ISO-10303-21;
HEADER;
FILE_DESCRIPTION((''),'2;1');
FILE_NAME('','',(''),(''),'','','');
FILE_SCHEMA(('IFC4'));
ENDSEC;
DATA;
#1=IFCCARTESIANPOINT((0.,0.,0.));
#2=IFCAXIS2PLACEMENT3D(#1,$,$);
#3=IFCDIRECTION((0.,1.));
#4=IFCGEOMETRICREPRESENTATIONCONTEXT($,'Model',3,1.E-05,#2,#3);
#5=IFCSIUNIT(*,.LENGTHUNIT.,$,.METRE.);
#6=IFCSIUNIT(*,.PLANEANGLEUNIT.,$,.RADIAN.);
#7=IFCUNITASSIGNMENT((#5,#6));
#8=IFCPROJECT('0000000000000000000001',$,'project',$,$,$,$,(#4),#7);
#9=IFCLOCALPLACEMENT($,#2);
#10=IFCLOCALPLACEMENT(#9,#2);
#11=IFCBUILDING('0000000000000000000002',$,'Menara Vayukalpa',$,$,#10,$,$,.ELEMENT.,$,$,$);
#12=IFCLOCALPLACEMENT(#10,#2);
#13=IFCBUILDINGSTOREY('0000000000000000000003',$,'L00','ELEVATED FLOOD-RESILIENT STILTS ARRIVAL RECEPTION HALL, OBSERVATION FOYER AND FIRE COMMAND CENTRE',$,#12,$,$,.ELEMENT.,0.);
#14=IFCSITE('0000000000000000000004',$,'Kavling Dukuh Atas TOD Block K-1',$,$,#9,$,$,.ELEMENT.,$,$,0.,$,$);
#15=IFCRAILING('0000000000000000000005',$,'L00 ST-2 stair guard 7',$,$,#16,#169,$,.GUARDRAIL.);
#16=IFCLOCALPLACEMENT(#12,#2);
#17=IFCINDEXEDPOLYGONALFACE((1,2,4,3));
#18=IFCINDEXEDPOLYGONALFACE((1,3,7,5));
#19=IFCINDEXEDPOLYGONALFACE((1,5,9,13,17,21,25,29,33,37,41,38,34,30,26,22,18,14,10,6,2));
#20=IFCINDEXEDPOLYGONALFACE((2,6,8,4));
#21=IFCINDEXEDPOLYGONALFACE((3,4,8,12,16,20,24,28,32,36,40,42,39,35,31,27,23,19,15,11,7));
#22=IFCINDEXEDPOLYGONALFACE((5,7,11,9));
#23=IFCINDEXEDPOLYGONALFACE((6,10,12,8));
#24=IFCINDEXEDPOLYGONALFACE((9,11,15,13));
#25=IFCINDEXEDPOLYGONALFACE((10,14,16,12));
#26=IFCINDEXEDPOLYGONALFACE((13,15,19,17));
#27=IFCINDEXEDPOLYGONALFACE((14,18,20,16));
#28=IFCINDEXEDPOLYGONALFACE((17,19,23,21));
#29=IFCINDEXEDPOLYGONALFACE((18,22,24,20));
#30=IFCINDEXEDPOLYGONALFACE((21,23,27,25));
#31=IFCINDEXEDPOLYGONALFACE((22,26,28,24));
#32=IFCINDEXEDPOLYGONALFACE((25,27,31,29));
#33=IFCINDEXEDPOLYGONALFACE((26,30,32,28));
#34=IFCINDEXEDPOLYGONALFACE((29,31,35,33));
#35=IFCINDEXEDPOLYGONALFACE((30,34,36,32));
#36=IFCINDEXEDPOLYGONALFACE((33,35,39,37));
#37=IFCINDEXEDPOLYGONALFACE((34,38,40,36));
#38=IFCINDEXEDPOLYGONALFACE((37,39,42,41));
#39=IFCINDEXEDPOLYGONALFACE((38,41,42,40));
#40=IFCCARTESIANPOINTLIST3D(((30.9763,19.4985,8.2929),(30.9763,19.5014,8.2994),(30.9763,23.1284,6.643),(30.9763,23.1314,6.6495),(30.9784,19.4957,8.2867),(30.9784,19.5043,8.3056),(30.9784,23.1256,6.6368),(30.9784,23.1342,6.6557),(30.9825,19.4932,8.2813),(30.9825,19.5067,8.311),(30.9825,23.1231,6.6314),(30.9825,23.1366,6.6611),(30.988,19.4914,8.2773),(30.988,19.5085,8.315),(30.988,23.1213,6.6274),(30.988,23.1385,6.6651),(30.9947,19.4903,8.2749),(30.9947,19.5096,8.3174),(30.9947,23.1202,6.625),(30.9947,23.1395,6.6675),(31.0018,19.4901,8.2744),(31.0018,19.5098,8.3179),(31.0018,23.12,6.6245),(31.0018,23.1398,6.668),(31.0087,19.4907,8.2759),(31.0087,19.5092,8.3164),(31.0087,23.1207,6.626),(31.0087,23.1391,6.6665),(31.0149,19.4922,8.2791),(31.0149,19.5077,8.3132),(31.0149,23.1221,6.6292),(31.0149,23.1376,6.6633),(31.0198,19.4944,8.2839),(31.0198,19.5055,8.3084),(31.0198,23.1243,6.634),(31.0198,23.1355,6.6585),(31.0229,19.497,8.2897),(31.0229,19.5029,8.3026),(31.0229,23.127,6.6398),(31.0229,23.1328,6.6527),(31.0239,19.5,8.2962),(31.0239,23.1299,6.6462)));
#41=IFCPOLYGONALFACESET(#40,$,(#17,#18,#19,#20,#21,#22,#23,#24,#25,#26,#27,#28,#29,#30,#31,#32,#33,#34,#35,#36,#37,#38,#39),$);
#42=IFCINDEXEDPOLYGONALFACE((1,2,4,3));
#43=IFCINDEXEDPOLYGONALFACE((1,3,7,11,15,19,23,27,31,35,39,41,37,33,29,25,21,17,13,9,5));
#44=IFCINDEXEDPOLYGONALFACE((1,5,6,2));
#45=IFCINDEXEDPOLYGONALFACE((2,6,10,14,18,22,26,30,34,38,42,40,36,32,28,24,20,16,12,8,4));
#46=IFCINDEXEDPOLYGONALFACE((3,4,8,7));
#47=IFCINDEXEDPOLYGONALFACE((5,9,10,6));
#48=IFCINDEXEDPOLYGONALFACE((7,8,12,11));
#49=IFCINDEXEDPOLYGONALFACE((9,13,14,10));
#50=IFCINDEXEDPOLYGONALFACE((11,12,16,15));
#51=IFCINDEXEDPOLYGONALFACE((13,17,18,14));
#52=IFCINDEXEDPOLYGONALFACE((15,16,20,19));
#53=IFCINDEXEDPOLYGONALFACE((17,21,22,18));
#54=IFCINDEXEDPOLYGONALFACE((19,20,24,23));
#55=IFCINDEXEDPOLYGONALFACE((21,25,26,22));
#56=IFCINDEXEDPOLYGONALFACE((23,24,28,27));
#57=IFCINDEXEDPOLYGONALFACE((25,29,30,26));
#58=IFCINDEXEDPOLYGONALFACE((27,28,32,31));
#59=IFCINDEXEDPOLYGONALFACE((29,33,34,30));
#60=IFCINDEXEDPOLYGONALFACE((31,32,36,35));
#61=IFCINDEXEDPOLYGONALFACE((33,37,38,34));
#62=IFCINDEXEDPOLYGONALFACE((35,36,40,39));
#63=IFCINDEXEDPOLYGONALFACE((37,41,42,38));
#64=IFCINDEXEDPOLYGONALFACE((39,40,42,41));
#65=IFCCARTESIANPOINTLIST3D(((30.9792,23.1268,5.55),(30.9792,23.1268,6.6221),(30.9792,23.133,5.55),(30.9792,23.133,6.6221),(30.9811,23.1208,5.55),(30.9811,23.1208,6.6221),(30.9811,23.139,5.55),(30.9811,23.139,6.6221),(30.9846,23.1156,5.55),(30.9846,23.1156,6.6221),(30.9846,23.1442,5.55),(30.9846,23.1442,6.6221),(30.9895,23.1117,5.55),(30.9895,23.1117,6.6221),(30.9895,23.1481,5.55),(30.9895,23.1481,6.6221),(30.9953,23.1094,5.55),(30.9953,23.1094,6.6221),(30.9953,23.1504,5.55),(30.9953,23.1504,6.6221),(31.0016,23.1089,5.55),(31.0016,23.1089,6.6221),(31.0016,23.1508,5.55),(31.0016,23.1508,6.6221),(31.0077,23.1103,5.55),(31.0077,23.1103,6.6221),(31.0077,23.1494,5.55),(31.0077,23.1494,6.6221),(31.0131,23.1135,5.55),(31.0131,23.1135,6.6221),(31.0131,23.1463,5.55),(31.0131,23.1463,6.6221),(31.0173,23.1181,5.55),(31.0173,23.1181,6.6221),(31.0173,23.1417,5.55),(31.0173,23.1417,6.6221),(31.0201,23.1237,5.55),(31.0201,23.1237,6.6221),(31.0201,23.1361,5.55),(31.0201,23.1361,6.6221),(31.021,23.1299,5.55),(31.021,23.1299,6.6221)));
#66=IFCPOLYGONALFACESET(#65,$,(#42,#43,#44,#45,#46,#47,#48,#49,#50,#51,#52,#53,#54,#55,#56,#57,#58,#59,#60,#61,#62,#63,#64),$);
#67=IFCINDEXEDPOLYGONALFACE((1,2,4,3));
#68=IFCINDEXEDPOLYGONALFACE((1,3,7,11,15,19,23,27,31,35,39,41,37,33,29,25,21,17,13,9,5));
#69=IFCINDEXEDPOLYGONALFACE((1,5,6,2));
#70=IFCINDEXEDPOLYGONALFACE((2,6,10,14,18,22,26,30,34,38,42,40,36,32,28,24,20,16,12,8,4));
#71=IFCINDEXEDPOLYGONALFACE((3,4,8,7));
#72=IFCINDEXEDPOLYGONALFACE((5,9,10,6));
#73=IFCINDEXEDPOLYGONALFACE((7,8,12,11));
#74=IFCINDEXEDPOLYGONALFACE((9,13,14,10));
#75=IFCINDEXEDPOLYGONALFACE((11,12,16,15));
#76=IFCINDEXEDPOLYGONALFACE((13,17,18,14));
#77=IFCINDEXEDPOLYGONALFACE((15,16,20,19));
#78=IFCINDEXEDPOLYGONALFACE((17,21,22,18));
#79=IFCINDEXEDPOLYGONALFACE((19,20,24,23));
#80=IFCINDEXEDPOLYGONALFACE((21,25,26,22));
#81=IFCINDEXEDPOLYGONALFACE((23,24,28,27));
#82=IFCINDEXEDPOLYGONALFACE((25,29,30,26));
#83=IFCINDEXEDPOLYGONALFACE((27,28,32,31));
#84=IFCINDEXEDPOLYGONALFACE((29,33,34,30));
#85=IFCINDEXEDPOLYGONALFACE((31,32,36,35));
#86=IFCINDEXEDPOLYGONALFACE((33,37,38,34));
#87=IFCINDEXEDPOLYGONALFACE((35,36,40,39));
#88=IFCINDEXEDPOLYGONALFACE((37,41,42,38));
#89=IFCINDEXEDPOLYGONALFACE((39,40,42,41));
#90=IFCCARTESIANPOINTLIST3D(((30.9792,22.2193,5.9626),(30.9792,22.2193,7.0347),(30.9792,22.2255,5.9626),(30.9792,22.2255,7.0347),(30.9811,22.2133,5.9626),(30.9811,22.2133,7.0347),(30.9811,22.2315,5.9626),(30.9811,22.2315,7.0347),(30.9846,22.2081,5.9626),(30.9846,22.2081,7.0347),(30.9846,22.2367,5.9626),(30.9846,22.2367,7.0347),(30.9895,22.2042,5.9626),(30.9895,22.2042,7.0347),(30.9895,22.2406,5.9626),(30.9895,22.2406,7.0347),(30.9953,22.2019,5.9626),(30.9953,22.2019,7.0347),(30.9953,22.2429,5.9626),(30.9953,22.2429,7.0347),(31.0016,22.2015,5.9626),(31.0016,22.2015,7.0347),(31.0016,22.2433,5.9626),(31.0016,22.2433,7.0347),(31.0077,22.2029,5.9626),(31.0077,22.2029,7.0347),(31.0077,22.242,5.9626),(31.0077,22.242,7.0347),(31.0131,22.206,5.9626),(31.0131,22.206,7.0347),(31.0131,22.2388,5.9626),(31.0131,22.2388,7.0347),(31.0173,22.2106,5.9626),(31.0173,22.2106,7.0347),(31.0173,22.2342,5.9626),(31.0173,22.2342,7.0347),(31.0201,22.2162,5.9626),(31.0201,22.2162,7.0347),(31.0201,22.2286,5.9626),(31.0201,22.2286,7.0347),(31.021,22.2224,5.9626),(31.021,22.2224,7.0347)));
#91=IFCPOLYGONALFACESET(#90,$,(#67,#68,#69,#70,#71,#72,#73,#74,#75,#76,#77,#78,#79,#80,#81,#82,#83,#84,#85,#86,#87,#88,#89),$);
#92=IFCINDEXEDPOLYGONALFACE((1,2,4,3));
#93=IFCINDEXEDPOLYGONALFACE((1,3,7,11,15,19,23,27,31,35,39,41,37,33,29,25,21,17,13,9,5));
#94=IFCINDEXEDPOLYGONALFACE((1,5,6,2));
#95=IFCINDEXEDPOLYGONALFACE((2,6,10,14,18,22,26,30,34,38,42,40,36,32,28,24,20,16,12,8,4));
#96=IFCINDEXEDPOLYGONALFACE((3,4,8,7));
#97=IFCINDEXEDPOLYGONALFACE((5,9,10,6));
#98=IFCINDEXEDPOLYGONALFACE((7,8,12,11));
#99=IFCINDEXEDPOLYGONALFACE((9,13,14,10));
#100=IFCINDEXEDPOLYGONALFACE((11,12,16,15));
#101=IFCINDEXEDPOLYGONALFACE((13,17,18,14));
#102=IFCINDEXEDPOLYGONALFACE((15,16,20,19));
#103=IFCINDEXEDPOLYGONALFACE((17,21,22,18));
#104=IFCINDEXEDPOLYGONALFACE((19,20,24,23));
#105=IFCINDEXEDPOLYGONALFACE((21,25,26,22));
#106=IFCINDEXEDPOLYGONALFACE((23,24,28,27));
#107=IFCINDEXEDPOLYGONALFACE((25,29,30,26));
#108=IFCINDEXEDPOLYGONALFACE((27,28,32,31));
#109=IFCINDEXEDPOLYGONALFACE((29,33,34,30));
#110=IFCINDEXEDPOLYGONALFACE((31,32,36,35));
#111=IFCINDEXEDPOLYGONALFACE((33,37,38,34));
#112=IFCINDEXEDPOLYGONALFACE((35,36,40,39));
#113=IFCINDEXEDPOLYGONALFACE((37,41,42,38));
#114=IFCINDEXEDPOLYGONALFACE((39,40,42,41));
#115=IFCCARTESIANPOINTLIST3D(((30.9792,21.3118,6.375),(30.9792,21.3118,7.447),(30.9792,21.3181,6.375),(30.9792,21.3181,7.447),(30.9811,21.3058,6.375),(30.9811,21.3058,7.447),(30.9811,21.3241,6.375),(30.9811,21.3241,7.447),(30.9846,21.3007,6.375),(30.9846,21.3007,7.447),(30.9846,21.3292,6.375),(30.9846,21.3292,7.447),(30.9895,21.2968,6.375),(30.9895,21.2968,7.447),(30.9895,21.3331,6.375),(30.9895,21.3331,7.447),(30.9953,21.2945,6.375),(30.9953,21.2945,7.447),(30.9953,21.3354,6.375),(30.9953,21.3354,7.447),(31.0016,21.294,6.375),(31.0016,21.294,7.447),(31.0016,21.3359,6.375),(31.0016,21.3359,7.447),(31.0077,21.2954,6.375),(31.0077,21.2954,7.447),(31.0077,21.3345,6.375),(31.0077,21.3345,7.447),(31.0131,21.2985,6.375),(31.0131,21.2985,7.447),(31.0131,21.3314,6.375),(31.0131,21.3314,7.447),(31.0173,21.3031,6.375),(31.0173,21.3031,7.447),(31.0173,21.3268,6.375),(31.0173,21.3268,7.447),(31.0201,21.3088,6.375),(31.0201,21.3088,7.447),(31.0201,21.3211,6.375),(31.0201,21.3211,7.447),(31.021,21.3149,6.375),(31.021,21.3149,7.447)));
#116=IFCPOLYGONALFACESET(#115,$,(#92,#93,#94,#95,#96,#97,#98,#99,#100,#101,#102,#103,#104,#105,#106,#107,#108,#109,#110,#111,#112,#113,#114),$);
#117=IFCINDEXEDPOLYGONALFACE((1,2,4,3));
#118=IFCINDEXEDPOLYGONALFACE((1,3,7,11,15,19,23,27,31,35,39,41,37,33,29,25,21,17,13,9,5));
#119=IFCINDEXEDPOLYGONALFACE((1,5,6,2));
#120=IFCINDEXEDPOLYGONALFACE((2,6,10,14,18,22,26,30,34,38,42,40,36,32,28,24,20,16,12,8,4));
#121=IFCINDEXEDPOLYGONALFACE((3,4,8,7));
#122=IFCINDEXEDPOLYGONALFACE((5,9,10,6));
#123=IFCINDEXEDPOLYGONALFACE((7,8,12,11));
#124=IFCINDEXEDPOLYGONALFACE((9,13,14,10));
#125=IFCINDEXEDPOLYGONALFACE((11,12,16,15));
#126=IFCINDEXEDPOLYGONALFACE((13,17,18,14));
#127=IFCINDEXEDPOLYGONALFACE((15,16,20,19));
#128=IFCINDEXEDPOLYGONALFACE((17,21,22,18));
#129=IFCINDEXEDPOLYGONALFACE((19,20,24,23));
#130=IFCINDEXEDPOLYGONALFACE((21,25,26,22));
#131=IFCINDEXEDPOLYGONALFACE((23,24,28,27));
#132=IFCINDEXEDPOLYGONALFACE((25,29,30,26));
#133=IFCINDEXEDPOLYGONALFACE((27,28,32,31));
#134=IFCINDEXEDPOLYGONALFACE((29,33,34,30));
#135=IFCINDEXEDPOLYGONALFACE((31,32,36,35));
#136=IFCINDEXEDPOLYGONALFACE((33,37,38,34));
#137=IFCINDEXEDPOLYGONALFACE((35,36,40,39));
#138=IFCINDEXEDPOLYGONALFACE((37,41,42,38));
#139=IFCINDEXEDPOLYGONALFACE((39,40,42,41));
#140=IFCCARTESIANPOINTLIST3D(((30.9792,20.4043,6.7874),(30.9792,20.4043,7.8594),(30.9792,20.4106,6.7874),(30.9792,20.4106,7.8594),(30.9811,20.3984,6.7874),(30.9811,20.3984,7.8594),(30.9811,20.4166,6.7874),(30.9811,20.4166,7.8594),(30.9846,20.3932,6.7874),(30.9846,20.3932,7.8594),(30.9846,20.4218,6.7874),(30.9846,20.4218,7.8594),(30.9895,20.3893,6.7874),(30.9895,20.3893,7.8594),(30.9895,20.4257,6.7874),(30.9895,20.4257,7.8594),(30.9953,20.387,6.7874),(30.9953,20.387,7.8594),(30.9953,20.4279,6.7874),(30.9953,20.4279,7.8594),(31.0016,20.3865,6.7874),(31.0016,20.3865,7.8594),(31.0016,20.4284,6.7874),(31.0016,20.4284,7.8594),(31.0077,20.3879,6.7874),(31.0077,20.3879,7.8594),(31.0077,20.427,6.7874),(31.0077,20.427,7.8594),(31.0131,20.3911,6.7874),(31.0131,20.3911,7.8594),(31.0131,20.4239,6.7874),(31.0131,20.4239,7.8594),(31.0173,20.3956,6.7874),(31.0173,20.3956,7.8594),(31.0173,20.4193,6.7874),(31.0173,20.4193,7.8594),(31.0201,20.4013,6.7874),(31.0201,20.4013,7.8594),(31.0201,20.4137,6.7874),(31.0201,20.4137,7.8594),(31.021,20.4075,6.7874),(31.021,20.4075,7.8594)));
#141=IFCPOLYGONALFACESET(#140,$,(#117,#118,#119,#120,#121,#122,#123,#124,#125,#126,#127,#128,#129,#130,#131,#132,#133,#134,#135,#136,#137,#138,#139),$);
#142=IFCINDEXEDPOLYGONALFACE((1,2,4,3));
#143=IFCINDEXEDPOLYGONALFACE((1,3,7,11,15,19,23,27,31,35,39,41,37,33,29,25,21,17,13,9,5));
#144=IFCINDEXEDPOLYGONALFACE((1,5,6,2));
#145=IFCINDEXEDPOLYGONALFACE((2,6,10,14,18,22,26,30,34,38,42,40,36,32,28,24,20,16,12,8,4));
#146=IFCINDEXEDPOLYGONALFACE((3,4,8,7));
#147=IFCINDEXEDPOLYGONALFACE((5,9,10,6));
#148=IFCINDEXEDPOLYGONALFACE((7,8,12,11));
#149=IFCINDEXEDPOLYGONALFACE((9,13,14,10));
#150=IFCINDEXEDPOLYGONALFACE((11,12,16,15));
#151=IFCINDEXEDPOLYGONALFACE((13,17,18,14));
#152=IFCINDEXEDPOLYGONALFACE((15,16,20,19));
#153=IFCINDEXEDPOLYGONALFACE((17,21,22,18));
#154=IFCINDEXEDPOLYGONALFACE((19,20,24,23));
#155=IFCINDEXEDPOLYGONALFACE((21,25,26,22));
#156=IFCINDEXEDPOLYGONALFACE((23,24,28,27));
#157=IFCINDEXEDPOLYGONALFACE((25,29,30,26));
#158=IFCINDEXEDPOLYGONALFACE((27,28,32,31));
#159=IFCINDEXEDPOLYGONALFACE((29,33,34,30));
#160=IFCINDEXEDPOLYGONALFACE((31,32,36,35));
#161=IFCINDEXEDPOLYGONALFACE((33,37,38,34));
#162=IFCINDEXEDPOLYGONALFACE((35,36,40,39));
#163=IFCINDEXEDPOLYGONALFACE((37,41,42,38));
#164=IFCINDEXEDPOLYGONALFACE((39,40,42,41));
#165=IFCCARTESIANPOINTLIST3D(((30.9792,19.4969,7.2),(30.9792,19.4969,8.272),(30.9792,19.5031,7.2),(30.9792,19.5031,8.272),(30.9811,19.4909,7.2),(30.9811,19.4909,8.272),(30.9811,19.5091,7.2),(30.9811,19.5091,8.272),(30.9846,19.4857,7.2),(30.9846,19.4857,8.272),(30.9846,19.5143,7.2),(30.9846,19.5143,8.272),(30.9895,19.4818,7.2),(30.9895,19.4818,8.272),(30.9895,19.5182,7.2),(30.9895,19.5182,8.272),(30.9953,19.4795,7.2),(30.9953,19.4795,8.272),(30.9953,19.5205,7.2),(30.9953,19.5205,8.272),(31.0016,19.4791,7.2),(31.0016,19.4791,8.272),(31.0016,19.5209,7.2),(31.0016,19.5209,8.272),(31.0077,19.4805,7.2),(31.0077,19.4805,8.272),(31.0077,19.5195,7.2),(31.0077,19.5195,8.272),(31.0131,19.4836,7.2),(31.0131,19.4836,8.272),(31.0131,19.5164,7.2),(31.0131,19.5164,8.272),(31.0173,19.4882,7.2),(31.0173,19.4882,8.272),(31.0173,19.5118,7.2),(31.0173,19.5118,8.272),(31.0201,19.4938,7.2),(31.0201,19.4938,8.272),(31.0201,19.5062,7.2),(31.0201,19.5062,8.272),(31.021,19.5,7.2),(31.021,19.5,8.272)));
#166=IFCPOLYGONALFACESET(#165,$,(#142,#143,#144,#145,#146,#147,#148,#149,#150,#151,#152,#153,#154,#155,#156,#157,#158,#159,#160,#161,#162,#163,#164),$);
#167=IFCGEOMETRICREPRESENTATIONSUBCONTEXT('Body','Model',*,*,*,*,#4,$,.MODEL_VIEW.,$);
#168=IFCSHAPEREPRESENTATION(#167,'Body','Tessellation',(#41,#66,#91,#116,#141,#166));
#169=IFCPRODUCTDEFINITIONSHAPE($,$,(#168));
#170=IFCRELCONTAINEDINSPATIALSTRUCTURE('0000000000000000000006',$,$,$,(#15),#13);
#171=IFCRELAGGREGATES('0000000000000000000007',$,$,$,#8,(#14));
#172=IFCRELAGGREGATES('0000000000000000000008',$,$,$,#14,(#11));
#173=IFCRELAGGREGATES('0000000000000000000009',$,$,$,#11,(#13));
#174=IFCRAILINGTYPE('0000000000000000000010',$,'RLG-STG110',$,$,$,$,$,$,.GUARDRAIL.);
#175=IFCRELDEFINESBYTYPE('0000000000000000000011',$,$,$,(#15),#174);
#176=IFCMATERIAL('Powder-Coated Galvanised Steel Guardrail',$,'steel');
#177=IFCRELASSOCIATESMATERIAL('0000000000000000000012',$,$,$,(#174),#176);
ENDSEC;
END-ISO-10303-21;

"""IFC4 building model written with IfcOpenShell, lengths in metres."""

from ifc_helpers import new_model, si_unit, direction, frame, origin, origin_2d, place, context, subcontext, project, spatial, circle, extrude, material, type_object, element, save


model = new_model("IFC4")

# Units and contexts
model_context = context("Model", 3, precision=1e-05, world=origin(), true_north=direction((0.0, 1.0)))
body_context = subcontext(model_context, "Body", "Model", "MODEL_VIEW")
ifc_project = project(units=[si_unit("LENGTHUNIT", "METRE"), si_unit("PLANEANGLEUNIT", "RADIAN")], contexts=[model_context])

# Site, building, storey
site_placement = place(None, origin())
site = spatial("IfcSite", under=ifc_project, at=site_placement, Name="Kavling Dukuh Atas TOD Block K-1", CompositionType="ELEMENT", RefElevation=0.0)
building_placement = place(site_placement, origin())
building = spatial("IfcBuilding", under=site, at=building_placement, Name="Menara Vayukalpa", CompositionType="ELEMENT")
storey_placement = place(building_placement, origin())
storey = spatial("IfcBuildingStorey", under=building, at=storey_placement, Name="L00", Description="ELEVATED FLOOD-RESILIENT STILTS ARRIVAL RECEPTION HALL, OBSERVATION FOYER AND FIRE COMMAND CENTRE", CompositionType="ELEMENT", Elevation=0.0)

# Railing
ifc_material_1 = material(Name="Powder-Coated Galvanised Steel Guardrail", Category="steel")
railing_type_1 = type_object("IfcRailingType", Name="RLG-STG110", PredefinedType="GUARDRAIL", material=ifc_material_1)
railing_1_placement = place(storey_placement, frame((31.0, 23.1299, 5.55)))
element("IfcRailing", 1, at=railing_1_placement, inside=storey, type_object=railing_type_1, Name="L00 ST-2 stair guard 7", PredefinedType="GUARDRAIL", context=body_context, shape_type="SweptSolid", body=[
    extrude(circle(Radius=0.0239, at=origin_2d()), frame((0.0, 0.0, 1.0962), z_axis=(0.0, -0.910371, 0.413794), x_axis=(1.0, 0.0, 0.0)), (0.0, 0.0, 1.0), 3.9873),
    extrude(circle(Radius=0.021, at=origin_2d()), origin(), (0.0, 0.0, 1.0), 1.072),
    extrude(circle(Radius=0.021, at=origin_2d()), frame((0.0, -0.9075, 0.4126)), (0.0, 0.0, 1.0), 1.072),
    extrude(circle(Radius=0.021, at=origin_2d()), frame((0.0, -1.8149, 0.825)), (0.0, 0.0, 1.0), 1.072),
    extrude(circle(Radius=0.021, at=origin_2d()), frame((0.0, -2.7224, 1.2373)), (0.0, 0.0, 1.0), 1.072),
    extrude(circle(Radius=0.021, at=origin_2d()), frame((0.0, -3.6299, 1.6499)), (0.0, 0.0, 1.0), 1.072),
])

save(model, "model.ifc")
